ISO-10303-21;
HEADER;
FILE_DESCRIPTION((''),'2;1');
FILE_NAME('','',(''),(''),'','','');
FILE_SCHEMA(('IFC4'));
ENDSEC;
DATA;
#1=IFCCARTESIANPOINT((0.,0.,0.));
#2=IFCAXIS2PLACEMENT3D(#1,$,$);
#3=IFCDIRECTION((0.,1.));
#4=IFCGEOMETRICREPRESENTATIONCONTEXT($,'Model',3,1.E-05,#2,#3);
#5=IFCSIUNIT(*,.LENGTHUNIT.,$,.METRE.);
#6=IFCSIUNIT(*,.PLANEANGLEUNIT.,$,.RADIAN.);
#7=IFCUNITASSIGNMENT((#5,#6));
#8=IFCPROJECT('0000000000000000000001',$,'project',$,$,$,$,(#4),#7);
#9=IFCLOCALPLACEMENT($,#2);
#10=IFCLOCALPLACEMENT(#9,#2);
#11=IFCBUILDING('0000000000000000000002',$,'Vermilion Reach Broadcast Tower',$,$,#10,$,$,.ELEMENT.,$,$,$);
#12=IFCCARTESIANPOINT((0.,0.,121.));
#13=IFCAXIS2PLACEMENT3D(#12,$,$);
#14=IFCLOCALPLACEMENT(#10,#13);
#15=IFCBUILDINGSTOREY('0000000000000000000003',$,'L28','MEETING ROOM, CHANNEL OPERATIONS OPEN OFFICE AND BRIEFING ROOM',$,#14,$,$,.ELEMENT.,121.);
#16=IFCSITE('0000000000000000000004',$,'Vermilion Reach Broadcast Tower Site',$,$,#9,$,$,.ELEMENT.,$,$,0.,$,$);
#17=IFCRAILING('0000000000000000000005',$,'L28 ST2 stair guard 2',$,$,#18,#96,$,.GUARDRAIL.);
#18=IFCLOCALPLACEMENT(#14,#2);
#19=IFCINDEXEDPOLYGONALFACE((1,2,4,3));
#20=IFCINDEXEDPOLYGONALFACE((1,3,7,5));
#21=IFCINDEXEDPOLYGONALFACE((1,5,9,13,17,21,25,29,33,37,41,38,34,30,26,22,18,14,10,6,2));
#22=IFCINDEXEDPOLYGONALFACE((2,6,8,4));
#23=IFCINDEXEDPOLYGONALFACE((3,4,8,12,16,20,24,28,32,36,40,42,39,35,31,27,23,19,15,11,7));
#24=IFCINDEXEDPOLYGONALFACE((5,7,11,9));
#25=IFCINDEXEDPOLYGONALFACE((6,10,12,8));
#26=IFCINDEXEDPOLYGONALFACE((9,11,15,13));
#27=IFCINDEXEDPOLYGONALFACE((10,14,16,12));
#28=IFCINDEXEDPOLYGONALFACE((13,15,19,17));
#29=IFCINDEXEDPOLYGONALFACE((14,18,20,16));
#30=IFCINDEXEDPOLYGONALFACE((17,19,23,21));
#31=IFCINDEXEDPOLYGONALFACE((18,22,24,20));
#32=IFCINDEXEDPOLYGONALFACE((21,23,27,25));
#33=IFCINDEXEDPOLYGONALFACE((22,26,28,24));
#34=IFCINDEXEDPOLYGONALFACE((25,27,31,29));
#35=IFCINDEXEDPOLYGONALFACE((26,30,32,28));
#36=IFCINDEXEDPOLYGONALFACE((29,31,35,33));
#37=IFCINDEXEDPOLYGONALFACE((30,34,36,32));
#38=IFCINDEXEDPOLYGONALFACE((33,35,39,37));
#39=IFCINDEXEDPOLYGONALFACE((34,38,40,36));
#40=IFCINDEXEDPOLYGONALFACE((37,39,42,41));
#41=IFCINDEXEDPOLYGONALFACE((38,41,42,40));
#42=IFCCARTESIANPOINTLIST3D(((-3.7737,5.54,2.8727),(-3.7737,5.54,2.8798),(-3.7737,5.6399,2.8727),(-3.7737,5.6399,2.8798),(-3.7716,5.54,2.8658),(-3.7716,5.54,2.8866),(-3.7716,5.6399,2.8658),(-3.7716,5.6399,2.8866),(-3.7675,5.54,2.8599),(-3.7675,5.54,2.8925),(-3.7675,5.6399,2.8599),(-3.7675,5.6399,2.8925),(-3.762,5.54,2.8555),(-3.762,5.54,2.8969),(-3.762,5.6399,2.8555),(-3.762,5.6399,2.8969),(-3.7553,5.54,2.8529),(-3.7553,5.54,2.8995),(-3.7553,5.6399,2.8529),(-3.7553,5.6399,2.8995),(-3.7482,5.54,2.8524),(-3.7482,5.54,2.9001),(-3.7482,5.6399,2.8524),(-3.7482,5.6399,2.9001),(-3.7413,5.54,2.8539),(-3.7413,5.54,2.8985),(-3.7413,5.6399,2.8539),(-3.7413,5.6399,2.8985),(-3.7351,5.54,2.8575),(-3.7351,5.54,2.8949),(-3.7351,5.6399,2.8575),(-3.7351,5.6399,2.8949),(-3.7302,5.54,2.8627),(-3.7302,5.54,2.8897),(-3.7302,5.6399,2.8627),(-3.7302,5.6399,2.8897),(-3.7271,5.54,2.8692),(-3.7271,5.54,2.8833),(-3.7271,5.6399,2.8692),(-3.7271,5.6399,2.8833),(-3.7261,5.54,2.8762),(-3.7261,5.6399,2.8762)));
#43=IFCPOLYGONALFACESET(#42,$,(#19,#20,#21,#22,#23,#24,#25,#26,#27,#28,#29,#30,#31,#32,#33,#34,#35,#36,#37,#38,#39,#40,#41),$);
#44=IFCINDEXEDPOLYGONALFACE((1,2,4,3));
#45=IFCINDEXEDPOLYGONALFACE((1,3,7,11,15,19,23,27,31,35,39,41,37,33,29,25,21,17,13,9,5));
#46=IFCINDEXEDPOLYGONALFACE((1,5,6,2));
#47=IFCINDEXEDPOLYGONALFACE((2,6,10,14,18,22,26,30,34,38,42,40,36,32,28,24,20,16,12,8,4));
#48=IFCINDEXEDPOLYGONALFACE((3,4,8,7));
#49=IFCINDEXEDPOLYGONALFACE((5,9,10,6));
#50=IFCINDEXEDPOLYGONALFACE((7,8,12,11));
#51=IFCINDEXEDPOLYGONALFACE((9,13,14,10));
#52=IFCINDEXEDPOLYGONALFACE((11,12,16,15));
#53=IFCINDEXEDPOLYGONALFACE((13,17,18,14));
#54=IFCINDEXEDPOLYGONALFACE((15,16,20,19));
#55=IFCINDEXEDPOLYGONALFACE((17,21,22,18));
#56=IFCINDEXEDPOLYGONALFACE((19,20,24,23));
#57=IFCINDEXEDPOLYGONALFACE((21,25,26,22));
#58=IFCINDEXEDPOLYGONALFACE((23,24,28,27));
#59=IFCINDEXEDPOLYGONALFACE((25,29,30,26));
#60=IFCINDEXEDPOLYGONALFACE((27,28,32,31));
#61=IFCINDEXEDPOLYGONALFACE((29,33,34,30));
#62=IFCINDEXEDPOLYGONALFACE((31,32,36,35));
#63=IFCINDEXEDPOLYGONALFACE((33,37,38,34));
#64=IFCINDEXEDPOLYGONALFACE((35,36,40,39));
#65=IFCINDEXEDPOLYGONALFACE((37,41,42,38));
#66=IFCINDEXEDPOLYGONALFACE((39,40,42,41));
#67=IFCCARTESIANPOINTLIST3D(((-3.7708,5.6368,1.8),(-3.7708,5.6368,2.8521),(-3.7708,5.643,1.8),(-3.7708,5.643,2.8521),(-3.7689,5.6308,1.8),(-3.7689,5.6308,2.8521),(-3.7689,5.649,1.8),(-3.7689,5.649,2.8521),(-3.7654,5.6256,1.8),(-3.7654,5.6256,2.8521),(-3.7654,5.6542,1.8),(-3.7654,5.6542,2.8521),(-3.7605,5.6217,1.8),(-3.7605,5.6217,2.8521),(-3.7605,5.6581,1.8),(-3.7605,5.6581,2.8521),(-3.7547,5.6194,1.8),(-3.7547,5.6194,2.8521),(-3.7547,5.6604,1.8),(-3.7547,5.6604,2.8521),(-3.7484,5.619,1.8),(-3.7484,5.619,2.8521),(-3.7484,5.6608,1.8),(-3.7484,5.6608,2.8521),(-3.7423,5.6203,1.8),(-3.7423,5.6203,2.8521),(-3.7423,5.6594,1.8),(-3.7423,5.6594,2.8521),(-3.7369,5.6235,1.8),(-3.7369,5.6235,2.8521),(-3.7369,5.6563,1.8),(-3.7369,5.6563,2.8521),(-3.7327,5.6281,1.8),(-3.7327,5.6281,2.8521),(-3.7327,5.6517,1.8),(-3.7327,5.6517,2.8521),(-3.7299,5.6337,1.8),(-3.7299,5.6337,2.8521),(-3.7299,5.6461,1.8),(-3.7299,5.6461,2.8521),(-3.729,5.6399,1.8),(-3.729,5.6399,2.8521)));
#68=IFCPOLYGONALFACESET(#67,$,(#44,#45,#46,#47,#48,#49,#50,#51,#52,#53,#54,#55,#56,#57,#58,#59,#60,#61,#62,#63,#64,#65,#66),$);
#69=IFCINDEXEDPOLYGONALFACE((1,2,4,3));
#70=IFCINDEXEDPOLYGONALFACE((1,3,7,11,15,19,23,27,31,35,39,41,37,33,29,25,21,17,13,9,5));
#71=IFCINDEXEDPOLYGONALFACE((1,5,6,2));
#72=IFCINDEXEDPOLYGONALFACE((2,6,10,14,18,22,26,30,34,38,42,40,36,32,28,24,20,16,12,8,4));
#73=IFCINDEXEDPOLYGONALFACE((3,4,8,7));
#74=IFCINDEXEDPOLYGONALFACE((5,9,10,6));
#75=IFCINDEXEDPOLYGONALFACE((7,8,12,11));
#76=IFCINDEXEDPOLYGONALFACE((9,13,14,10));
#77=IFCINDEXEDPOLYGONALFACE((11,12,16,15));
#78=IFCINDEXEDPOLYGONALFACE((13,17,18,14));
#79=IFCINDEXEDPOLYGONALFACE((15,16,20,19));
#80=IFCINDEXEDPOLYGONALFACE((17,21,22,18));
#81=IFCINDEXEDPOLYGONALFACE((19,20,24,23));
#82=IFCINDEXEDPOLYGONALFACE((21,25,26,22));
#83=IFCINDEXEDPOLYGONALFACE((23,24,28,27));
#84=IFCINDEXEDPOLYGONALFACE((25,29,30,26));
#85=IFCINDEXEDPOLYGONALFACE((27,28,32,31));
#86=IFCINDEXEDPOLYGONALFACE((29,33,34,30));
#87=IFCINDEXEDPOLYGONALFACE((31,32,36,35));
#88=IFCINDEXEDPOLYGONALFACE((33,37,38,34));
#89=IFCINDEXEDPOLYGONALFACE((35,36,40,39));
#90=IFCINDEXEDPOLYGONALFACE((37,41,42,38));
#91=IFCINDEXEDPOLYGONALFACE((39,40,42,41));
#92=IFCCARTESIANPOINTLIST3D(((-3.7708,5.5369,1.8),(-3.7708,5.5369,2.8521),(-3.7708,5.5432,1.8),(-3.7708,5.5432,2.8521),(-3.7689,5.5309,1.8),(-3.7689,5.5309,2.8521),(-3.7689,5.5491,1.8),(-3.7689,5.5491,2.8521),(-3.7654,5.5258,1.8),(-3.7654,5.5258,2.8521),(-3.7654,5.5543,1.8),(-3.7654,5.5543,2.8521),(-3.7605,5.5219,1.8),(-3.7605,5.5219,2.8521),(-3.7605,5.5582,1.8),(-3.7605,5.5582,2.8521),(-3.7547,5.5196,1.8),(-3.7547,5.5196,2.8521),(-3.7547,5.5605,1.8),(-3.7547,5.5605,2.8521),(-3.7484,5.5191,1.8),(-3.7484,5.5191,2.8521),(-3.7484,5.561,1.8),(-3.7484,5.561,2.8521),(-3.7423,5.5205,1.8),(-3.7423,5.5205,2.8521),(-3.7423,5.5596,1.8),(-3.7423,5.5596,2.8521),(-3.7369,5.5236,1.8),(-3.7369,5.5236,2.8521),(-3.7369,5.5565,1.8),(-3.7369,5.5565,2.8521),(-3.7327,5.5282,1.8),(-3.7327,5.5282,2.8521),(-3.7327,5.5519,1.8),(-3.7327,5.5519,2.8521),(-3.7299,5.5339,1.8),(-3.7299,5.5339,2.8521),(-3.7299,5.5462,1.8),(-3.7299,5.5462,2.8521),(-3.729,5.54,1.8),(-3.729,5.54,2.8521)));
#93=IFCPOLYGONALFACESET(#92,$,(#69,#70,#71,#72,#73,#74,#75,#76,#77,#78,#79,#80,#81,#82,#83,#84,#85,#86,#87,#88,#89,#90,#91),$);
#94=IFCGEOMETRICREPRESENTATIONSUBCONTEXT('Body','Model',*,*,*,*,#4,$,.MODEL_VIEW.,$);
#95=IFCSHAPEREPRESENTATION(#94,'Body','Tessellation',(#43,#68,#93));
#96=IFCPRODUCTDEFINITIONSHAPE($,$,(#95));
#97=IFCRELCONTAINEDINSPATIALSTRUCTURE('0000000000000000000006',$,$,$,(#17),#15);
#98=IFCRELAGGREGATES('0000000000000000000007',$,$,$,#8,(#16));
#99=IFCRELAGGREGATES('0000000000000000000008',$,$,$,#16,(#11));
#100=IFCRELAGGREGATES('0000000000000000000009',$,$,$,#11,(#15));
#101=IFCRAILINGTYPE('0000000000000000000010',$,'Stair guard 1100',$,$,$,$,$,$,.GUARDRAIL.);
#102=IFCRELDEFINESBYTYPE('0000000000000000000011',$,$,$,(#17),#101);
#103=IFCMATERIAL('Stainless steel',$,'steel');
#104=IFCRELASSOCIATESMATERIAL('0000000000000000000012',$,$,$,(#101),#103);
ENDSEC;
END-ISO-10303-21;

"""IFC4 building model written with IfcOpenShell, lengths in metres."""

from ifc_helpers import new_model, si_unit, direction, frame, origin, origin_2d, place, context, subcontext, project, spatial, circle, extrude, material, type_object, element, save


model = new_model("IFC4")

# Units and contexts
model_context = context("Model", 3, precision=1e-05, world=origin(), true_north=direction((0.0, 1.0)))
body_context = subcontext(model_context, "Body", "Model", "MODEL_VIEW")
ifc_project = project(units=[si_unit("LENGTHUNIT", "METRE"), si_unit("PLANEANGLEUNIT", "RADIAN")], contexts=[model_context])

# Site, building, storey
site_placement = place(None, origin())
site = spatial("IfcSite", under=ifc_project, at=site_placement, Name="Vermilion Reach Broadcast Tower Site", CompositionType="ELEMENT", RefElevation=0.0)
building_placement = place(site_placement, origin())
building = spatial("IfcBuilding", under=site, at=building_placement, Name="Vermilion Reach Broadcast Tower", CompositionType="ELEMENT")
storey_placement = place(building_placement, frame((0.0, 0.0, 121.0)))
storey = spatial("IfcBuildingStorey", under=building, at=storey_placement, Name="L28", Description="MEETING ROOM, CHANNEL OPERATIONS OPEN OFFICE AND BRIEFING ROOM", CompositionType="ELEMENT", Elevation=121.0)

# Railing
ifc_material_1 = material(Name="Stainless steel", Category="steel")
railing_type_1 = type_object("IfcRailingType", Name="Stair guard 1100", PredefinedType="GUARDRAIL", material=ifc_material_1)
railing_1_placement = place(storey_placement, frame((-3.75, 5.6399, 1.8)))
element("IfcRailing", 1, at=railing_1_placement, inside=storey, type_object=railing_type_1, Name="L28 ST2 stair guard 2", PredefinedType="GUARDRAIL", context=body_context, shape_type="SweptSolid", body=[
    extrude(circle(Radius=0.0239, at=origin_2d()), frame((0.0, 0.0, 1.0762), z_axis=(0.0, -1.0, 0.0), x_axis=(1.0, 0.0, 0.0)), (0.0, 0.0, 1.0), 0.0999),
    extrude(circle(Radius=0.021, at=origin_2d()), origin(), (0.0, 0.0, 1.0), 1.052),
    extrude(circle(Radius=0.021, at=origin_2d()), frame((0.0, -0.0999, 0.0)), (0.0, 0.0, 1.0), 1.052),
])

save(model, "model.ifc")
